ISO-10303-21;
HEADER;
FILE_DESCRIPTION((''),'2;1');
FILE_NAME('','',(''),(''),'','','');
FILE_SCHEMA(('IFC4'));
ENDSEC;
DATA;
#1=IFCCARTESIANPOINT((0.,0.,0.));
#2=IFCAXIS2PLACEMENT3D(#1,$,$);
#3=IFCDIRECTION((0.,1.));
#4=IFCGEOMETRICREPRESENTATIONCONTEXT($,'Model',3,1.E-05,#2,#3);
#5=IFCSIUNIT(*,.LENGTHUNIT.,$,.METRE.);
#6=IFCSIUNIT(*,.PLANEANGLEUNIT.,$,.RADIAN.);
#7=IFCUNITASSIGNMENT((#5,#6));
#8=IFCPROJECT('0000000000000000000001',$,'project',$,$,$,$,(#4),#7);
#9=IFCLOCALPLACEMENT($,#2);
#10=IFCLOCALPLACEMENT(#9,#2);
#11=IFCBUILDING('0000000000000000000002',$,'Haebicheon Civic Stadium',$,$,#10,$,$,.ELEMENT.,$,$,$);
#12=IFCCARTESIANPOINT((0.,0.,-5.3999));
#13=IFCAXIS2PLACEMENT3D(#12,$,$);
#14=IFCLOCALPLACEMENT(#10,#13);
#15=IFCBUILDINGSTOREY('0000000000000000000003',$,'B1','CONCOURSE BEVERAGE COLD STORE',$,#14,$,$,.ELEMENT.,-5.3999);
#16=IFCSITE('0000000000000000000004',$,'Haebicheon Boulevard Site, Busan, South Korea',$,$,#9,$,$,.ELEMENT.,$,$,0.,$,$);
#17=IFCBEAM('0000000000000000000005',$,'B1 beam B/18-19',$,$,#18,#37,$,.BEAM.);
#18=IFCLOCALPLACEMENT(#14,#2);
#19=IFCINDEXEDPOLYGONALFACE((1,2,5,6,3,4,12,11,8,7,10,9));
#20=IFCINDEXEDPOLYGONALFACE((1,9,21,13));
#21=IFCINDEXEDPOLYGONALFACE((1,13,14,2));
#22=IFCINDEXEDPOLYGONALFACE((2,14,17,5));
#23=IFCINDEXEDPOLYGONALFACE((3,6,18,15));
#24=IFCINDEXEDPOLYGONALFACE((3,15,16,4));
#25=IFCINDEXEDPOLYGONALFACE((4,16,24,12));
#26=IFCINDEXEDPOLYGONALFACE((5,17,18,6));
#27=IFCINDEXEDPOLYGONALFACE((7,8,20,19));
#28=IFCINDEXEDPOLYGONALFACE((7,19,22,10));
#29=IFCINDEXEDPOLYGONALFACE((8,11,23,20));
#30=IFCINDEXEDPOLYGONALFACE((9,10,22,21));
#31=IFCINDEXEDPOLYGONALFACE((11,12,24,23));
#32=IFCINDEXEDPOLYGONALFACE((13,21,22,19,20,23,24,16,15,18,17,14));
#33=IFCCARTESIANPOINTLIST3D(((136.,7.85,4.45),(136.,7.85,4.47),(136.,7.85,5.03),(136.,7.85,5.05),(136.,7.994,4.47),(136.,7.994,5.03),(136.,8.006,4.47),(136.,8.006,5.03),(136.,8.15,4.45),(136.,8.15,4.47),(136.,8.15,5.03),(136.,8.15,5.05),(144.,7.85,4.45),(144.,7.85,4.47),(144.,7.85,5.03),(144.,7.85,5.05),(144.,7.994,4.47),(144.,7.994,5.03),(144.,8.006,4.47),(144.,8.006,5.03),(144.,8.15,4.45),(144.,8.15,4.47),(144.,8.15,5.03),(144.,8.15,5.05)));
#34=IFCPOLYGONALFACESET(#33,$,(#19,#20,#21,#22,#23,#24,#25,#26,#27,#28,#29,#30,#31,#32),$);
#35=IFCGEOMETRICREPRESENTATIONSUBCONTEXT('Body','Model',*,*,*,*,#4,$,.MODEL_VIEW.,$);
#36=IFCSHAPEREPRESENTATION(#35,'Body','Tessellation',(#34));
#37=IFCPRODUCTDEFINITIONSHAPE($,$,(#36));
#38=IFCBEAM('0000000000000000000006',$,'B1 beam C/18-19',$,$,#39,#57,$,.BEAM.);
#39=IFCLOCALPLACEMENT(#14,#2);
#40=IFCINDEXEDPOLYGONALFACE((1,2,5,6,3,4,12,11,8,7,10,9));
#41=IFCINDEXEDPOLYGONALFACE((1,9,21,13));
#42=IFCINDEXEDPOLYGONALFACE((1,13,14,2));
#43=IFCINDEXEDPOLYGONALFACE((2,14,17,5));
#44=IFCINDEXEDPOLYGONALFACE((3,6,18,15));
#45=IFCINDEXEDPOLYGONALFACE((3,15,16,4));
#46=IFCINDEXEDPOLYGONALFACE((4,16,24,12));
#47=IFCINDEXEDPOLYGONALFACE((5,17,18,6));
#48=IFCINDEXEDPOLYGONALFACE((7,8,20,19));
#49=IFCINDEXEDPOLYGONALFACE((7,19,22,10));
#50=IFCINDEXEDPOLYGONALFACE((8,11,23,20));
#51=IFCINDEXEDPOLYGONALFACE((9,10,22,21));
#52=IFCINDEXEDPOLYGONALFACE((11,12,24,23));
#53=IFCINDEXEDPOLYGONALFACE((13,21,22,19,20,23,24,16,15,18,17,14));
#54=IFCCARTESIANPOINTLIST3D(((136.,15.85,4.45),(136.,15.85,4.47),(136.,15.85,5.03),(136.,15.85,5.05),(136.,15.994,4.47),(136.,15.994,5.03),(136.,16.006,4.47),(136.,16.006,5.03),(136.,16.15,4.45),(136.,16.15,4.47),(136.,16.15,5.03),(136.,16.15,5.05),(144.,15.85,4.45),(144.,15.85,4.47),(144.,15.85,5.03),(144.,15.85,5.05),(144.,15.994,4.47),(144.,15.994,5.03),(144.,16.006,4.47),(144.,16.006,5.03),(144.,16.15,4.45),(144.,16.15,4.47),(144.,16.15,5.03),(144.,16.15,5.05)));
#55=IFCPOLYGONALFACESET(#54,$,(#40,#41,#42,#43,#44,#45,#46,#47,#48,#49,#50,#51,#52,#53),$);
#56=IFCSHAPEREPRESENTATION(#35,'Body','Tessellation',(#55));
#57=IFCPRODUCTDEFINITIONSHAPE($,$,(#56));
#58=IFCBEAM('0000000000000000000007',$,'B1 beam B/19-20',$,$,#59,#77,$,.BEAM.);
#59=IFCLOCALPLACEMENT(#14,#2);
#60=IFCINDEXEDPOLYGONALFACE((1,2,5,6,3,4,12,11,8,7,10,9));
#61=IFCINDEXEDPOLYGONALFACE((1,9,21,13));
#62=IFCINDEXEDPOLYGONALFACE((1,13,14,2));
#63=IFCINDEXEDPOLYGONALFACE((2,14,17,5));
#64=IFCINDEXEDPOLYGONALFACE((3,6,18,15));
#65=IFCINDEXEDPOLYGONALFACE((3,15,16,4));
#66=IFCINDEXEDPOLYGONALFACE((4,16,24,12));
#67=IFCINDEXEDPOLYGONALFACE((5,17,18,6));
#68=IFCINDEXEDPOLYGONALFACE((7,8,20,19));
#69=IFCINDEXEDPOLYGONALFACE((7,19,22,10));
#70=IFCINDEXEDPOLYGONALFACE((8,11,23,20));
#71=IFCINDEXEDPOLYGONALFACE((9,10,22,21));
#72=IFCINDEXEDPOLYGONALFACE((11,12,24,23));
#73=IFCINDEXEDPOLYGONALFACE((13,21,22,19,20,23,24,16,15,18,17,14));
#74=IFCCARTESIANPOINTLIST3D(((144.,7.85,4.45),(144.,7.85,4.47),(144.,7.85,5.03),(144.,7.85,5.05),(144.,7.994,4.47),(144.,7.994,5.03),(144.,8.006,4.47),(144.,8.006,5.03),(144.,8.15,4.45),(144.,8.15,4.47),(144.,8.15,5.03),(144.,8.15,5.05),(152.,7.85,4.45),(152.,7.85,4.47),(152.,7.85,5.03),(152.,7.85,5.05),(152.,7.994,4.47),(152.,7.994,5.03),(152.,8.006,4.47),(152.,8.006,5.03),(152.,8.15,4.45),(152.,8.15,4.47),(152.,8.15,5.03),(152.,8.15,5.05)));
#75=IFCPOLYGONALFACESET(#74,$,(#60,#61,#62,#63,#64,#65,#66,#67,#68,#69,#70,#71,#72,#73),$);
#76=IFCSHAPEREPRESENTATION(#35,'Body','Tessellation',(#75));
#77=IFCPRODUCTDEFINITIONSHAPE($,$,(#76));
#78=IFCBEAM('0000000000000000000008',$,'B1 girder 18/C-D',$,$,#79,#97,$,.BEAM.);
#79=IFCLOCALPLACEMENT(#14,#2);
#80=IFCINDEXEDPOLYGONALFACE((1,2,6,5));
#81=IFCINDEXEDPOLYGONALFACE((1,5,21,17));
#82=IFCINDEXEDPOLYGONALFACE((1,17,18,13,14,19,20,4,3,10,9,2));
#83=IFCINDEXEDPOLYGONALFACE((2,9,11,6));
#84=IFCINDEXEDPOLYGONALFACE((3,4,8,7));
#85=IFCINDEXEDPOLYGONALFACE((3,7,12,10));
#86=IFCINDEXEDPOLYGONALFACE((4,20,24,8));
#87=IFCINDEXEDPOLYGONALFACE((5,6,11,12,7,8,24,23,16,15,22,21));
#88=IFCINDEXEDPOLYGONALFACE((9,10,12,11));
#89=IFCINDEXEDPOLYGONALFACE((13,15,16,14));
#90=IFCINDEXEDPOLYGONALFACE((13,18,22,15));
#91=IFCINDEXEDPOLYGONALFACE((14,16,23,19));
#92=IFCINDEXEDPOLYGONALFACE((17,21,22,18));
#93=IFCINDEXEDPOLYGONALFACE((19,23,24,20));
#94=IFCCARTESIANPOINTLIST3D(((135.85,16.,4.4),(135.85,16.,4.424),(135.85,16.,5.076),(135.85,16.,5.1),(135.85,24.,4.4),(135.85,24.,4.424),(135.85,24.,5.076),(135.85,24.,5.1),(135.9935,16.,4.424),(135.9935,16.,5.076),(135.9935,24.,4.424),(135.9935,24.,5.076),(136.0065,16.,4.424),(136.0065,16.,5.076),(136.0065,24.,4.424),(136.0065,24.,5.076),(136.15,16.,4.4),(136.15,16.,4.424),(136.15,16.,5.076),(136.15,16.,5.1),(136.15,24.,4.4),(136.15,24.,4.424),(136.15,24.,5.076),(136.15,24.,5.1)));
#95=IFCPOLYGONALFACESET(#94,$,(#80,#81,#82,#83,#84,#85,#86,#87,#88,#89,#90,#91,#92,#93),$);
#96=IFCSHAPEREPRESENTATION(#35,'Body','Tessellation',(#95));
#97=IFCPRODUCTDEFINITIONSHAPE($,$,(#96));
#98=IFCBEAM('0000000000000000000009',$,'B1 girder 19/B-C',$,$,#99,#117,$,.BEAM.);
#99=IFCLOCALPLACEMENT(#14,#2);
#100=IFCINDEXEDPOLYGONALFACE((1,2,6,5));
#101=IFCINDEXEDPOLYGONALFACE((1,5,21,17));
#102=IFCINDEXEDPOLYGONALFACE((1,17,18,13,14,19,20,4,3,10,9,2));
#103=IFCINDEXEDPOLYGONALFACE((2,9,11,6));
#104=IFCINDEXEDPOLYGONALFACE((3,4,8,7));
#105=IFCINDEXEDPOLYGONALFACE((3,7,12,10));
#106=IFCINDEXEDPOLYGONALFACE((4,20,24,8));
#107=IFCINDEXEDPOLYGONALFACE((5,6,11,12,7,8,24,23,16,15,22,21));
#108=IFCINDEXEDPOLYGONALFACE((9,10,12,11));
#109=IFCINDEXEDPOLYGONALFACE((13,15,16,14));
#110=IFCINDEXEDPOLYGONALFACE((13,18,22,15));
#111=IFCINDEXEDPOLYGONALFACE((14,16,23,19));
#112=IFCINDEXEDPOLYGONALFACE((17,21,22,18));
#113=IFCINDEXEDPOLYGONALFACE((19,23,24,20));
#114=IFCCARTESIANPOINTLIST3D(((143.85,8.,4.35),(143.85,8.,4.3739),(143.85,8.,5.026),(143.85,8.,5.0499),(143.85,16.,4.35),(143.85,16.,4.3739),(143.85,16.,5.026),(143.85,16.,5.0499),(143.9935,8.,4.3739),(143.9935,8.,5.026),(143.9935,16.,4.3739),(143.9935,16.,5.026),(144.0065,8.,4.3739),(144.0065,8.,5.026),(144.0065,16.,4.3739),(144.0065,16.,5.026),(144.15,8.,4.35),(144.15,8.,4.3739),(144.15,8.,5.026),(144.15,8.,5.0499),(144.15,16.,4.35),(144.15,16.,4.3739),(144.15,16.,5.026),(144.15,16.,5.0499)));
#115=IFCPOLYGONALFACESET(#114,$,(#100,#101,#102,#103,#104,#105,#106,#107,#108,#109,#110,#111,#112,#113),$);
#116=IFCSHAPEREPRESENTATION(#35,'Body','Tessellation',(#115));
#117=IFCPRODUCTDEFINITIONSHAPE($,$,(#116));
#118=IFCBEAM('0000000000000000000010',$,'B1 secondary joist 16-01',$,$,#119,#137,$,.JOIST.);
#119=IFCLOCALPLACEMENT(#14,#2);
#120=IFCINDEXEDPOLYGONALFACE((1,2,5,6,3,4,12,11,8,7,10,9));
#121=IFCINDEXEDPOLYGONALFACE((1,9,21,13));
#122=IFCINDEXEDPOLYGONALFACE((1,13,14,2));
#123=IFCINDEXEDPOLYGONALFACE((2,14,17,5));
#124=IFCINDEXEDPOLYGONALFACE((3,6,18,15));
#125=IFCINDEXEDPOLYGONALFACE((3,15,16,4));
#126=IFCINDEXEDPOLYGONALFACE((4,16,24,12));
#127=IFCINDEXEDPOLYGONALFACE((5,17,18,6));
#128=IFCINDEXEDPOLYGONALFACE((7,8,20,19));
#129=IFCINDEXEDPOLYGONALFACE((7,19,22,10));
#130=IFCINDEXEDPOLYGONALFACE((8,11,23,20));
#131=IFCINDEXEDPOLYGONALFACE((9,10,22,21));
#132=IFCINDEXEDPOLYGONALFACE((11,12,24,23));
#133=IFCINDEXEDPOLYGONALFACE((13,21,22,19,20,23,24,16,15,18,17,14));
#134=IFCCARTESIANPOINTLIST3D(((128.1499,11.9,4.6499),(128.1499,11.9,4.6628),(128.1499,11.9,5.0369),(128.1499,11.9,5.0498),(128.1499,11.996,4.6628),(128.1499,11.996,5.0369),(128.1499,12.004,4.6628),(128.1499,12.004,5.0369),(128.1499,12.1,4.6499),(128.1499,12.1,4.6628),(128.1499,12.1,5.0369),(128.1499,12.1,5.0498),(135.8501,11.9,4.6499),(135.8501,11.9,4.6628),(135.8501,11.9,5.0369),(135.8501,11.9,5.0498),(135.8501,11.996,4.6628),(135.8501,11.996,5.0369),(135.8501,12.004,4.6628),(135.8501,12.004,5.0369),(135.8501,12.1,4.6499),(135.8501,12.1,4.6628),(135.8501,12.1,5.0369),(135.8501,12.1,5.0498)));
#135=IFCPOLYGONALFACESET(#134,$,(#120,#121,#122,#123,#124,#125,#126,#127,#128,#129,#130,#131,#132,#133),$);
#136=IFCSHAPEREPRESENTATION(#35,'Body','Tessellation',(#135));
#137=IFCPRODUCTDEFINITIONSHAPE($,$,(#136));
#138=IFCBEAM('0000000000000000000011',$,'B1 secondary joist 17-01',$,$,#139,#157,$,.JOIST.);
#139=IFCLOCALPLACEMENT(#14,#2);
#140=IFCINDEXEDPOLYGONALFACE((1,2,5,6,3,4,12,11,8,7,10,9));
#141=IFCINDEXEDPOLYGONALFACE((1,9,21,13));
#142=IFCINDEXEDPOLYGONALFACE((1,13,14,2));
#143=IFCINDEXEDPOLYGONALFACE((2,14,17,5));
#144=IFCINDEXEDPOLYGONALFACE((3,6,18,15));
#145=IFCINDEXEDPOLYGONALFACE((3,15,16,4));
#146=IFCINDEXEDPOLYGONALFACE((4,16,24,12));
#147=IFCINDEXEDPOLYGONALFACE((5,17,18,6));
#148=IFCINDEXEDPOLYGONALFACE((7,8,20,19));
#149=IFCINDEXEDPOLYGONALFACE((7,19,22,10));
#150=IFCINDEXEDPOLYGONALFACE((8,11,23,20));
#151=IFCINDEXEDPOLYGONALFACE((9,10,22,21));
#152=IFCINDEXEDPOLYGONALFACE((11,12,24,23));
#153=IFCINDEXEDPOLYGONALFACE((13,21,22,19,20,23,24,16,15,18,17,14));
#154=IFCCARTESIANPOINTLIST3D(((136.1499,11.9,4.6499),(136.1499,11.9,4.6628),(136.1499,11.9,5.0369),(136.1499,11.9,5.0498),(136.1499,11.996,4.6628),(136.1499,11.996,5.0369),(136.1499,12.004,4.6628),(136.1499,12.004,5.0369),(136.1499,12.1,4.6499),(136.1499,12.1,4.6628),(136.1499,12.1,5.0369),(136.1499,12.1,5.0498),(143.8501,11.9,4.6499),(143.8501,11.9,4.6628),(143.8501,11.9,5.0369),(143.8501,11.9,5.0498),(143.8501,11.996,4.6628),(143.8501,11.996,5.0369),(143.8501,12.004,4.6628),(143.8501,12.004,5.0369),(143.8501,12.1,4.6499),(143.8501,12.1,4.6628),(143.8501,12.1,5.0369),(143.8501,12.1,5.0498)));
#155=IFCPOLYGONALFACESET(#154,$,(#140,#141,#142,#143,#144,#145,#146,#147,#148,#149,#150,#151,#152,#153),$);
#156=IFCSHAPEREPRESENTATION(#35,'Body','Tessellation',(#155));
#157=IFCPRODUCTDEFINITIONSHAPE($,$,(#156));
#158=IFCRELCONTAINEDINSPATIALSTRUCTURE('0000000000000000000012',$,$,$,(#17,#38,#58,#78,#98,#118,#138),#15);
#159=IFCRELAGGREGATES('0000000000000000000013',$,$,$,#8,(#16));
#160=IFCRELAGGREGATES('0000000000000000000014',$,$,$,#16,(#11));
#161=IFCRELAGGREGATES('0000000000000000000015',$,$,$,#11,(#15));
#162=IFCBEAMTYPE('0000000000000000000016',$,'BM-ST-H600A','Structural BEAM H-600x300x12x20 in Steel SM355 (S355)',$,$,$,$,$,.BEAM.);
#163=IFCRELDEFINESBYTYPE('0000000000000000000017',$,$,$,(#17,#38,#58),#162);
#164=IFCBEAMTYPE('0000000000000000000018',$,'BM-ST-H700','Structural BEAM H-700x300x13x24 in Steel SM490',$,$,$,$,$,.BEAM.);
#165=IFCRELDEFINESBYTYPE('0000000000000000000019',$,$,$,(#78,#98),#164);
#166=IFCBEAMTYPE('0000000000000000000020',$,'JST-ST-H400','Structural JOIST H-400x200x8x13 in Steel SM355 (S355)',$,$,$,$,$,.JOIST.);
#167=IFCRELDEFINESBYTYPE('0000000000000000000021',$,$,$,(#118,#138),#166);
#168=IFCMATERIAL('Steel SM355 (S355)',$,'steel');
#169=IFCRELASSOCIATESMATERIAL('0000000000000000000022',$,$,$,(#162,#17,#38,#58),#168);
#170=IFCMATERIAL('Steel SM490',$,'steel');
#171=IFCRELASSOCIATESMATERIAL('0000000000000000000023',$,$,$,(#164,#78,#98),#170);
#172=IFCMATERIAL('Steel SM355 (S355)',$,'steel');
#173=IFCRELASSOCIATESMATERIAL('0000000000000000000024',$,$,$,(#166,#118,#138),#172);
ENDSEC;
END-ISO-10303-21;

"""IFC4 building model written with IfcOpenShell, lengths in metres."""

from ifc_helpers import new_model, si_unit, direction, frame, origin, origin_2d, place, context, subcontext, project, spatial, i_section, extrude, material, material_profile, profile_set, type_object, element, save


model = new_model("IFC4")

# Units and contexts
model_context = context("Model", 3, precision=1e-05, world=origin(), true_north=direction((0.0, 1.0)))
body_context = subcontext(model_context, "Body", "Model", "MODEL_VIEW")
ifc_project = project(units=[si_unit("LENGTHUNIT", "METRE"), si_unit("PLANEANGLEUNIT", "RADIAN")], contexts=[model_context])

# Site, building, storey
site_placement = place(None, origin())
site = spatial("IfcSite", under=ifc_project, at=site_placement, Name="Haebicheon Boulevard Site, Busan, South Korea", CompositionType="ELEMENT", RefElevation=0.0)
building_placement = place(site_placement, origin())
building = spatial("IfcBuilding", under=site, at=building_placement, Name="Haebicheon Civic Stadium", CompositionType="ELEMENT")
storey_placement = place(building_placement, frame((0.0, 0.0, -5.3999)))
storey = spatial("IfcBuildingStorey", under=building, at=storey_placement, Name="B1", Description="CONCOURSE BEVERAGE COLD STORE", CompositionType="ELEMENT", Elevation=-5.3999)

# Beams
ifc_material_1 = material(Name="Steel SM355 (S355)", Category="steel")
ifc_material_profile_1 = material_profile(ifc_material_1, i_section(OverallWidth=0.3, OverallDepth=0.6001, WebThickness=0.012, FlangeThickness=0.02, at=origin_2d()), Name="H-600x300x12x20")
ifc_profile_set_1 = profile_set([ifc_material_profile_1], Name="Steel SM355 (S355)")
beam_type_1 = type_object("IfcBeamType", Name="BM-ST-H600A", Description="Structural BEAM H-600x300x12x20 in Steel SM355 (S355)", PredefinedType="BEAM", material=ifc_profile_set_1)
for number, where, z_axis, x_axis, name in (
    (1, (136.0, 8.0, 4.75), (1.0, 0.0, 0.0), (0.0, 1.0, 0.0), "B1 beam B/18-19"),
    (2, (136.0, 16.0, 4.75), (1.0, 0.0, 0.0), (0.0, 1.0, 0.0), "B1 beam C/18-19"),
    (3, (144.0, 8.0, 4.75), (1.0, 0.0, 0.0), (0.0, 1.0, 0.0), "B1 beam B/19-20"),
):
    element("IfcBeam", number, at=place(storey_placement, frame(where, z_axis=z_axis, x_axis=x_axis)), inside=storey, type_object=beam_type_1, material=ifc_profile_set_1, Name=name, PredefinedType="BEAM", context=body_context, shape_type="SweptSolid", body=[
        extrude(i_section(OverallWidth=0.3, OverallDepth=0.6001, WebThickness=0.012, FlangeThickness=0.02, at=origin_2d()), origin(), (0.0, 0.0, 1.0), 8.0),
    ])
ifc_material_2 = material(Name="Steel SM490", Category="steel")
ifc_material_profile_2 = material_profile(ifc_material_2, i_section(OverallWidth=0.3, OverallDepth=0.7, WebThickness=0.0129, FlangeThickness=0.0239, at=origin_2d()), Name="H-700x300x13x24")
ifc_profile_set_2 = profile_set([ifc_material_profile_2], Name="Steel SM490")
beam_type_2 = type_object("IfcBeamType", Name="BM-ST-H700", Description="Structural BEAM H-700x300x13x24 in Steel SM490", PredefinedType="BEAM", material=ifc_profile_set_2)
for number, where, z_axis, x_axis, name in (
    (4, (136.0, 16.0, 4.75), (0.0, 1.0, 0.0), (-1.0, 0.0, 0.0), "B1 girder 18/C-D"),
    (5, (144.0, 8.0, 4.7), (0.0, 1.0, 0.0), (-1.0, 0.0, 0.0), "B1 girder 19/B-C"),
):
    element("IfcBeam", number, at=place(storey_placement, frame(where, z_axis=z_axis, x_axis=x_axis)), inside=storey, type_object=beam_type_2, material=ifc_profile_set_2, Name=name, PredefinedType="BEAM", context=body_context, shape_type="SweptSolid", body=[
        extrude(i_section(OverallWidth=0.3, OverallDepth=0.7, WebThickness=0.0129, FlangeThickness=0.0239, at=origin_2d()), origin(), (0.0, 0.0, 1.0), 8.0),
    ])
ifc_material_3 = material(Name="Steel SM355 (S355)", Category="steel")
ifc_material_profile_3 = material_profile(ifc_material_3, i_section(OverallWidth=0.2, OverallDepth=0.3999, WebThickness=0.0081, FlangeThickness=0.0129, at=origin_2d()), Name="H-400x200x8x13")
ifc_profile_set_3 = profile_set([ifc_material_profile_3], Name="Steel SM355 (S355)")
beam_type_3 = type_object("IfcBeamType", Name="JST-ST-H400", Description="Structural JOIST H-400x200x8x13 in Steel SM355 (S355)", PredefinedType="JOIST", material=ifc_profile_set_3)
for number, where, z_axis, x_axis, name in (
    (6, (128.1499, 12.0, 4.8499), (1.0, 0.0, 0.0), (0.0, 1.0, 0.0), "B1 secondary joist 16-01"),
    (7, (136.1499, 12.0, 4.8499), (1.0, 0.0, 0.0), (0.0, 1.0, 0.0), "B1 secondary joist 17-01"),
):
    element("IfcBeam", number, at=place(storey_placement, frame(where, z_axis=z_axis, x_axis=x_axis)), inside=storey, type_object=beam_type_3, material=ifc_profile_set_3, Name=name, PredefinedType="JOIST", context=body_context, shape_type="SweptSolid", body=[
        extrude(i_section(OverallWidth=0.2, OverallDepth=0.3999, WebThickness=0.0081, FlangeThickness=0.0129, at=origin_2d()), origin(), (0.0, 0.0, 1.0), 7.7002),
    ])

save(model, "model.ifc")
